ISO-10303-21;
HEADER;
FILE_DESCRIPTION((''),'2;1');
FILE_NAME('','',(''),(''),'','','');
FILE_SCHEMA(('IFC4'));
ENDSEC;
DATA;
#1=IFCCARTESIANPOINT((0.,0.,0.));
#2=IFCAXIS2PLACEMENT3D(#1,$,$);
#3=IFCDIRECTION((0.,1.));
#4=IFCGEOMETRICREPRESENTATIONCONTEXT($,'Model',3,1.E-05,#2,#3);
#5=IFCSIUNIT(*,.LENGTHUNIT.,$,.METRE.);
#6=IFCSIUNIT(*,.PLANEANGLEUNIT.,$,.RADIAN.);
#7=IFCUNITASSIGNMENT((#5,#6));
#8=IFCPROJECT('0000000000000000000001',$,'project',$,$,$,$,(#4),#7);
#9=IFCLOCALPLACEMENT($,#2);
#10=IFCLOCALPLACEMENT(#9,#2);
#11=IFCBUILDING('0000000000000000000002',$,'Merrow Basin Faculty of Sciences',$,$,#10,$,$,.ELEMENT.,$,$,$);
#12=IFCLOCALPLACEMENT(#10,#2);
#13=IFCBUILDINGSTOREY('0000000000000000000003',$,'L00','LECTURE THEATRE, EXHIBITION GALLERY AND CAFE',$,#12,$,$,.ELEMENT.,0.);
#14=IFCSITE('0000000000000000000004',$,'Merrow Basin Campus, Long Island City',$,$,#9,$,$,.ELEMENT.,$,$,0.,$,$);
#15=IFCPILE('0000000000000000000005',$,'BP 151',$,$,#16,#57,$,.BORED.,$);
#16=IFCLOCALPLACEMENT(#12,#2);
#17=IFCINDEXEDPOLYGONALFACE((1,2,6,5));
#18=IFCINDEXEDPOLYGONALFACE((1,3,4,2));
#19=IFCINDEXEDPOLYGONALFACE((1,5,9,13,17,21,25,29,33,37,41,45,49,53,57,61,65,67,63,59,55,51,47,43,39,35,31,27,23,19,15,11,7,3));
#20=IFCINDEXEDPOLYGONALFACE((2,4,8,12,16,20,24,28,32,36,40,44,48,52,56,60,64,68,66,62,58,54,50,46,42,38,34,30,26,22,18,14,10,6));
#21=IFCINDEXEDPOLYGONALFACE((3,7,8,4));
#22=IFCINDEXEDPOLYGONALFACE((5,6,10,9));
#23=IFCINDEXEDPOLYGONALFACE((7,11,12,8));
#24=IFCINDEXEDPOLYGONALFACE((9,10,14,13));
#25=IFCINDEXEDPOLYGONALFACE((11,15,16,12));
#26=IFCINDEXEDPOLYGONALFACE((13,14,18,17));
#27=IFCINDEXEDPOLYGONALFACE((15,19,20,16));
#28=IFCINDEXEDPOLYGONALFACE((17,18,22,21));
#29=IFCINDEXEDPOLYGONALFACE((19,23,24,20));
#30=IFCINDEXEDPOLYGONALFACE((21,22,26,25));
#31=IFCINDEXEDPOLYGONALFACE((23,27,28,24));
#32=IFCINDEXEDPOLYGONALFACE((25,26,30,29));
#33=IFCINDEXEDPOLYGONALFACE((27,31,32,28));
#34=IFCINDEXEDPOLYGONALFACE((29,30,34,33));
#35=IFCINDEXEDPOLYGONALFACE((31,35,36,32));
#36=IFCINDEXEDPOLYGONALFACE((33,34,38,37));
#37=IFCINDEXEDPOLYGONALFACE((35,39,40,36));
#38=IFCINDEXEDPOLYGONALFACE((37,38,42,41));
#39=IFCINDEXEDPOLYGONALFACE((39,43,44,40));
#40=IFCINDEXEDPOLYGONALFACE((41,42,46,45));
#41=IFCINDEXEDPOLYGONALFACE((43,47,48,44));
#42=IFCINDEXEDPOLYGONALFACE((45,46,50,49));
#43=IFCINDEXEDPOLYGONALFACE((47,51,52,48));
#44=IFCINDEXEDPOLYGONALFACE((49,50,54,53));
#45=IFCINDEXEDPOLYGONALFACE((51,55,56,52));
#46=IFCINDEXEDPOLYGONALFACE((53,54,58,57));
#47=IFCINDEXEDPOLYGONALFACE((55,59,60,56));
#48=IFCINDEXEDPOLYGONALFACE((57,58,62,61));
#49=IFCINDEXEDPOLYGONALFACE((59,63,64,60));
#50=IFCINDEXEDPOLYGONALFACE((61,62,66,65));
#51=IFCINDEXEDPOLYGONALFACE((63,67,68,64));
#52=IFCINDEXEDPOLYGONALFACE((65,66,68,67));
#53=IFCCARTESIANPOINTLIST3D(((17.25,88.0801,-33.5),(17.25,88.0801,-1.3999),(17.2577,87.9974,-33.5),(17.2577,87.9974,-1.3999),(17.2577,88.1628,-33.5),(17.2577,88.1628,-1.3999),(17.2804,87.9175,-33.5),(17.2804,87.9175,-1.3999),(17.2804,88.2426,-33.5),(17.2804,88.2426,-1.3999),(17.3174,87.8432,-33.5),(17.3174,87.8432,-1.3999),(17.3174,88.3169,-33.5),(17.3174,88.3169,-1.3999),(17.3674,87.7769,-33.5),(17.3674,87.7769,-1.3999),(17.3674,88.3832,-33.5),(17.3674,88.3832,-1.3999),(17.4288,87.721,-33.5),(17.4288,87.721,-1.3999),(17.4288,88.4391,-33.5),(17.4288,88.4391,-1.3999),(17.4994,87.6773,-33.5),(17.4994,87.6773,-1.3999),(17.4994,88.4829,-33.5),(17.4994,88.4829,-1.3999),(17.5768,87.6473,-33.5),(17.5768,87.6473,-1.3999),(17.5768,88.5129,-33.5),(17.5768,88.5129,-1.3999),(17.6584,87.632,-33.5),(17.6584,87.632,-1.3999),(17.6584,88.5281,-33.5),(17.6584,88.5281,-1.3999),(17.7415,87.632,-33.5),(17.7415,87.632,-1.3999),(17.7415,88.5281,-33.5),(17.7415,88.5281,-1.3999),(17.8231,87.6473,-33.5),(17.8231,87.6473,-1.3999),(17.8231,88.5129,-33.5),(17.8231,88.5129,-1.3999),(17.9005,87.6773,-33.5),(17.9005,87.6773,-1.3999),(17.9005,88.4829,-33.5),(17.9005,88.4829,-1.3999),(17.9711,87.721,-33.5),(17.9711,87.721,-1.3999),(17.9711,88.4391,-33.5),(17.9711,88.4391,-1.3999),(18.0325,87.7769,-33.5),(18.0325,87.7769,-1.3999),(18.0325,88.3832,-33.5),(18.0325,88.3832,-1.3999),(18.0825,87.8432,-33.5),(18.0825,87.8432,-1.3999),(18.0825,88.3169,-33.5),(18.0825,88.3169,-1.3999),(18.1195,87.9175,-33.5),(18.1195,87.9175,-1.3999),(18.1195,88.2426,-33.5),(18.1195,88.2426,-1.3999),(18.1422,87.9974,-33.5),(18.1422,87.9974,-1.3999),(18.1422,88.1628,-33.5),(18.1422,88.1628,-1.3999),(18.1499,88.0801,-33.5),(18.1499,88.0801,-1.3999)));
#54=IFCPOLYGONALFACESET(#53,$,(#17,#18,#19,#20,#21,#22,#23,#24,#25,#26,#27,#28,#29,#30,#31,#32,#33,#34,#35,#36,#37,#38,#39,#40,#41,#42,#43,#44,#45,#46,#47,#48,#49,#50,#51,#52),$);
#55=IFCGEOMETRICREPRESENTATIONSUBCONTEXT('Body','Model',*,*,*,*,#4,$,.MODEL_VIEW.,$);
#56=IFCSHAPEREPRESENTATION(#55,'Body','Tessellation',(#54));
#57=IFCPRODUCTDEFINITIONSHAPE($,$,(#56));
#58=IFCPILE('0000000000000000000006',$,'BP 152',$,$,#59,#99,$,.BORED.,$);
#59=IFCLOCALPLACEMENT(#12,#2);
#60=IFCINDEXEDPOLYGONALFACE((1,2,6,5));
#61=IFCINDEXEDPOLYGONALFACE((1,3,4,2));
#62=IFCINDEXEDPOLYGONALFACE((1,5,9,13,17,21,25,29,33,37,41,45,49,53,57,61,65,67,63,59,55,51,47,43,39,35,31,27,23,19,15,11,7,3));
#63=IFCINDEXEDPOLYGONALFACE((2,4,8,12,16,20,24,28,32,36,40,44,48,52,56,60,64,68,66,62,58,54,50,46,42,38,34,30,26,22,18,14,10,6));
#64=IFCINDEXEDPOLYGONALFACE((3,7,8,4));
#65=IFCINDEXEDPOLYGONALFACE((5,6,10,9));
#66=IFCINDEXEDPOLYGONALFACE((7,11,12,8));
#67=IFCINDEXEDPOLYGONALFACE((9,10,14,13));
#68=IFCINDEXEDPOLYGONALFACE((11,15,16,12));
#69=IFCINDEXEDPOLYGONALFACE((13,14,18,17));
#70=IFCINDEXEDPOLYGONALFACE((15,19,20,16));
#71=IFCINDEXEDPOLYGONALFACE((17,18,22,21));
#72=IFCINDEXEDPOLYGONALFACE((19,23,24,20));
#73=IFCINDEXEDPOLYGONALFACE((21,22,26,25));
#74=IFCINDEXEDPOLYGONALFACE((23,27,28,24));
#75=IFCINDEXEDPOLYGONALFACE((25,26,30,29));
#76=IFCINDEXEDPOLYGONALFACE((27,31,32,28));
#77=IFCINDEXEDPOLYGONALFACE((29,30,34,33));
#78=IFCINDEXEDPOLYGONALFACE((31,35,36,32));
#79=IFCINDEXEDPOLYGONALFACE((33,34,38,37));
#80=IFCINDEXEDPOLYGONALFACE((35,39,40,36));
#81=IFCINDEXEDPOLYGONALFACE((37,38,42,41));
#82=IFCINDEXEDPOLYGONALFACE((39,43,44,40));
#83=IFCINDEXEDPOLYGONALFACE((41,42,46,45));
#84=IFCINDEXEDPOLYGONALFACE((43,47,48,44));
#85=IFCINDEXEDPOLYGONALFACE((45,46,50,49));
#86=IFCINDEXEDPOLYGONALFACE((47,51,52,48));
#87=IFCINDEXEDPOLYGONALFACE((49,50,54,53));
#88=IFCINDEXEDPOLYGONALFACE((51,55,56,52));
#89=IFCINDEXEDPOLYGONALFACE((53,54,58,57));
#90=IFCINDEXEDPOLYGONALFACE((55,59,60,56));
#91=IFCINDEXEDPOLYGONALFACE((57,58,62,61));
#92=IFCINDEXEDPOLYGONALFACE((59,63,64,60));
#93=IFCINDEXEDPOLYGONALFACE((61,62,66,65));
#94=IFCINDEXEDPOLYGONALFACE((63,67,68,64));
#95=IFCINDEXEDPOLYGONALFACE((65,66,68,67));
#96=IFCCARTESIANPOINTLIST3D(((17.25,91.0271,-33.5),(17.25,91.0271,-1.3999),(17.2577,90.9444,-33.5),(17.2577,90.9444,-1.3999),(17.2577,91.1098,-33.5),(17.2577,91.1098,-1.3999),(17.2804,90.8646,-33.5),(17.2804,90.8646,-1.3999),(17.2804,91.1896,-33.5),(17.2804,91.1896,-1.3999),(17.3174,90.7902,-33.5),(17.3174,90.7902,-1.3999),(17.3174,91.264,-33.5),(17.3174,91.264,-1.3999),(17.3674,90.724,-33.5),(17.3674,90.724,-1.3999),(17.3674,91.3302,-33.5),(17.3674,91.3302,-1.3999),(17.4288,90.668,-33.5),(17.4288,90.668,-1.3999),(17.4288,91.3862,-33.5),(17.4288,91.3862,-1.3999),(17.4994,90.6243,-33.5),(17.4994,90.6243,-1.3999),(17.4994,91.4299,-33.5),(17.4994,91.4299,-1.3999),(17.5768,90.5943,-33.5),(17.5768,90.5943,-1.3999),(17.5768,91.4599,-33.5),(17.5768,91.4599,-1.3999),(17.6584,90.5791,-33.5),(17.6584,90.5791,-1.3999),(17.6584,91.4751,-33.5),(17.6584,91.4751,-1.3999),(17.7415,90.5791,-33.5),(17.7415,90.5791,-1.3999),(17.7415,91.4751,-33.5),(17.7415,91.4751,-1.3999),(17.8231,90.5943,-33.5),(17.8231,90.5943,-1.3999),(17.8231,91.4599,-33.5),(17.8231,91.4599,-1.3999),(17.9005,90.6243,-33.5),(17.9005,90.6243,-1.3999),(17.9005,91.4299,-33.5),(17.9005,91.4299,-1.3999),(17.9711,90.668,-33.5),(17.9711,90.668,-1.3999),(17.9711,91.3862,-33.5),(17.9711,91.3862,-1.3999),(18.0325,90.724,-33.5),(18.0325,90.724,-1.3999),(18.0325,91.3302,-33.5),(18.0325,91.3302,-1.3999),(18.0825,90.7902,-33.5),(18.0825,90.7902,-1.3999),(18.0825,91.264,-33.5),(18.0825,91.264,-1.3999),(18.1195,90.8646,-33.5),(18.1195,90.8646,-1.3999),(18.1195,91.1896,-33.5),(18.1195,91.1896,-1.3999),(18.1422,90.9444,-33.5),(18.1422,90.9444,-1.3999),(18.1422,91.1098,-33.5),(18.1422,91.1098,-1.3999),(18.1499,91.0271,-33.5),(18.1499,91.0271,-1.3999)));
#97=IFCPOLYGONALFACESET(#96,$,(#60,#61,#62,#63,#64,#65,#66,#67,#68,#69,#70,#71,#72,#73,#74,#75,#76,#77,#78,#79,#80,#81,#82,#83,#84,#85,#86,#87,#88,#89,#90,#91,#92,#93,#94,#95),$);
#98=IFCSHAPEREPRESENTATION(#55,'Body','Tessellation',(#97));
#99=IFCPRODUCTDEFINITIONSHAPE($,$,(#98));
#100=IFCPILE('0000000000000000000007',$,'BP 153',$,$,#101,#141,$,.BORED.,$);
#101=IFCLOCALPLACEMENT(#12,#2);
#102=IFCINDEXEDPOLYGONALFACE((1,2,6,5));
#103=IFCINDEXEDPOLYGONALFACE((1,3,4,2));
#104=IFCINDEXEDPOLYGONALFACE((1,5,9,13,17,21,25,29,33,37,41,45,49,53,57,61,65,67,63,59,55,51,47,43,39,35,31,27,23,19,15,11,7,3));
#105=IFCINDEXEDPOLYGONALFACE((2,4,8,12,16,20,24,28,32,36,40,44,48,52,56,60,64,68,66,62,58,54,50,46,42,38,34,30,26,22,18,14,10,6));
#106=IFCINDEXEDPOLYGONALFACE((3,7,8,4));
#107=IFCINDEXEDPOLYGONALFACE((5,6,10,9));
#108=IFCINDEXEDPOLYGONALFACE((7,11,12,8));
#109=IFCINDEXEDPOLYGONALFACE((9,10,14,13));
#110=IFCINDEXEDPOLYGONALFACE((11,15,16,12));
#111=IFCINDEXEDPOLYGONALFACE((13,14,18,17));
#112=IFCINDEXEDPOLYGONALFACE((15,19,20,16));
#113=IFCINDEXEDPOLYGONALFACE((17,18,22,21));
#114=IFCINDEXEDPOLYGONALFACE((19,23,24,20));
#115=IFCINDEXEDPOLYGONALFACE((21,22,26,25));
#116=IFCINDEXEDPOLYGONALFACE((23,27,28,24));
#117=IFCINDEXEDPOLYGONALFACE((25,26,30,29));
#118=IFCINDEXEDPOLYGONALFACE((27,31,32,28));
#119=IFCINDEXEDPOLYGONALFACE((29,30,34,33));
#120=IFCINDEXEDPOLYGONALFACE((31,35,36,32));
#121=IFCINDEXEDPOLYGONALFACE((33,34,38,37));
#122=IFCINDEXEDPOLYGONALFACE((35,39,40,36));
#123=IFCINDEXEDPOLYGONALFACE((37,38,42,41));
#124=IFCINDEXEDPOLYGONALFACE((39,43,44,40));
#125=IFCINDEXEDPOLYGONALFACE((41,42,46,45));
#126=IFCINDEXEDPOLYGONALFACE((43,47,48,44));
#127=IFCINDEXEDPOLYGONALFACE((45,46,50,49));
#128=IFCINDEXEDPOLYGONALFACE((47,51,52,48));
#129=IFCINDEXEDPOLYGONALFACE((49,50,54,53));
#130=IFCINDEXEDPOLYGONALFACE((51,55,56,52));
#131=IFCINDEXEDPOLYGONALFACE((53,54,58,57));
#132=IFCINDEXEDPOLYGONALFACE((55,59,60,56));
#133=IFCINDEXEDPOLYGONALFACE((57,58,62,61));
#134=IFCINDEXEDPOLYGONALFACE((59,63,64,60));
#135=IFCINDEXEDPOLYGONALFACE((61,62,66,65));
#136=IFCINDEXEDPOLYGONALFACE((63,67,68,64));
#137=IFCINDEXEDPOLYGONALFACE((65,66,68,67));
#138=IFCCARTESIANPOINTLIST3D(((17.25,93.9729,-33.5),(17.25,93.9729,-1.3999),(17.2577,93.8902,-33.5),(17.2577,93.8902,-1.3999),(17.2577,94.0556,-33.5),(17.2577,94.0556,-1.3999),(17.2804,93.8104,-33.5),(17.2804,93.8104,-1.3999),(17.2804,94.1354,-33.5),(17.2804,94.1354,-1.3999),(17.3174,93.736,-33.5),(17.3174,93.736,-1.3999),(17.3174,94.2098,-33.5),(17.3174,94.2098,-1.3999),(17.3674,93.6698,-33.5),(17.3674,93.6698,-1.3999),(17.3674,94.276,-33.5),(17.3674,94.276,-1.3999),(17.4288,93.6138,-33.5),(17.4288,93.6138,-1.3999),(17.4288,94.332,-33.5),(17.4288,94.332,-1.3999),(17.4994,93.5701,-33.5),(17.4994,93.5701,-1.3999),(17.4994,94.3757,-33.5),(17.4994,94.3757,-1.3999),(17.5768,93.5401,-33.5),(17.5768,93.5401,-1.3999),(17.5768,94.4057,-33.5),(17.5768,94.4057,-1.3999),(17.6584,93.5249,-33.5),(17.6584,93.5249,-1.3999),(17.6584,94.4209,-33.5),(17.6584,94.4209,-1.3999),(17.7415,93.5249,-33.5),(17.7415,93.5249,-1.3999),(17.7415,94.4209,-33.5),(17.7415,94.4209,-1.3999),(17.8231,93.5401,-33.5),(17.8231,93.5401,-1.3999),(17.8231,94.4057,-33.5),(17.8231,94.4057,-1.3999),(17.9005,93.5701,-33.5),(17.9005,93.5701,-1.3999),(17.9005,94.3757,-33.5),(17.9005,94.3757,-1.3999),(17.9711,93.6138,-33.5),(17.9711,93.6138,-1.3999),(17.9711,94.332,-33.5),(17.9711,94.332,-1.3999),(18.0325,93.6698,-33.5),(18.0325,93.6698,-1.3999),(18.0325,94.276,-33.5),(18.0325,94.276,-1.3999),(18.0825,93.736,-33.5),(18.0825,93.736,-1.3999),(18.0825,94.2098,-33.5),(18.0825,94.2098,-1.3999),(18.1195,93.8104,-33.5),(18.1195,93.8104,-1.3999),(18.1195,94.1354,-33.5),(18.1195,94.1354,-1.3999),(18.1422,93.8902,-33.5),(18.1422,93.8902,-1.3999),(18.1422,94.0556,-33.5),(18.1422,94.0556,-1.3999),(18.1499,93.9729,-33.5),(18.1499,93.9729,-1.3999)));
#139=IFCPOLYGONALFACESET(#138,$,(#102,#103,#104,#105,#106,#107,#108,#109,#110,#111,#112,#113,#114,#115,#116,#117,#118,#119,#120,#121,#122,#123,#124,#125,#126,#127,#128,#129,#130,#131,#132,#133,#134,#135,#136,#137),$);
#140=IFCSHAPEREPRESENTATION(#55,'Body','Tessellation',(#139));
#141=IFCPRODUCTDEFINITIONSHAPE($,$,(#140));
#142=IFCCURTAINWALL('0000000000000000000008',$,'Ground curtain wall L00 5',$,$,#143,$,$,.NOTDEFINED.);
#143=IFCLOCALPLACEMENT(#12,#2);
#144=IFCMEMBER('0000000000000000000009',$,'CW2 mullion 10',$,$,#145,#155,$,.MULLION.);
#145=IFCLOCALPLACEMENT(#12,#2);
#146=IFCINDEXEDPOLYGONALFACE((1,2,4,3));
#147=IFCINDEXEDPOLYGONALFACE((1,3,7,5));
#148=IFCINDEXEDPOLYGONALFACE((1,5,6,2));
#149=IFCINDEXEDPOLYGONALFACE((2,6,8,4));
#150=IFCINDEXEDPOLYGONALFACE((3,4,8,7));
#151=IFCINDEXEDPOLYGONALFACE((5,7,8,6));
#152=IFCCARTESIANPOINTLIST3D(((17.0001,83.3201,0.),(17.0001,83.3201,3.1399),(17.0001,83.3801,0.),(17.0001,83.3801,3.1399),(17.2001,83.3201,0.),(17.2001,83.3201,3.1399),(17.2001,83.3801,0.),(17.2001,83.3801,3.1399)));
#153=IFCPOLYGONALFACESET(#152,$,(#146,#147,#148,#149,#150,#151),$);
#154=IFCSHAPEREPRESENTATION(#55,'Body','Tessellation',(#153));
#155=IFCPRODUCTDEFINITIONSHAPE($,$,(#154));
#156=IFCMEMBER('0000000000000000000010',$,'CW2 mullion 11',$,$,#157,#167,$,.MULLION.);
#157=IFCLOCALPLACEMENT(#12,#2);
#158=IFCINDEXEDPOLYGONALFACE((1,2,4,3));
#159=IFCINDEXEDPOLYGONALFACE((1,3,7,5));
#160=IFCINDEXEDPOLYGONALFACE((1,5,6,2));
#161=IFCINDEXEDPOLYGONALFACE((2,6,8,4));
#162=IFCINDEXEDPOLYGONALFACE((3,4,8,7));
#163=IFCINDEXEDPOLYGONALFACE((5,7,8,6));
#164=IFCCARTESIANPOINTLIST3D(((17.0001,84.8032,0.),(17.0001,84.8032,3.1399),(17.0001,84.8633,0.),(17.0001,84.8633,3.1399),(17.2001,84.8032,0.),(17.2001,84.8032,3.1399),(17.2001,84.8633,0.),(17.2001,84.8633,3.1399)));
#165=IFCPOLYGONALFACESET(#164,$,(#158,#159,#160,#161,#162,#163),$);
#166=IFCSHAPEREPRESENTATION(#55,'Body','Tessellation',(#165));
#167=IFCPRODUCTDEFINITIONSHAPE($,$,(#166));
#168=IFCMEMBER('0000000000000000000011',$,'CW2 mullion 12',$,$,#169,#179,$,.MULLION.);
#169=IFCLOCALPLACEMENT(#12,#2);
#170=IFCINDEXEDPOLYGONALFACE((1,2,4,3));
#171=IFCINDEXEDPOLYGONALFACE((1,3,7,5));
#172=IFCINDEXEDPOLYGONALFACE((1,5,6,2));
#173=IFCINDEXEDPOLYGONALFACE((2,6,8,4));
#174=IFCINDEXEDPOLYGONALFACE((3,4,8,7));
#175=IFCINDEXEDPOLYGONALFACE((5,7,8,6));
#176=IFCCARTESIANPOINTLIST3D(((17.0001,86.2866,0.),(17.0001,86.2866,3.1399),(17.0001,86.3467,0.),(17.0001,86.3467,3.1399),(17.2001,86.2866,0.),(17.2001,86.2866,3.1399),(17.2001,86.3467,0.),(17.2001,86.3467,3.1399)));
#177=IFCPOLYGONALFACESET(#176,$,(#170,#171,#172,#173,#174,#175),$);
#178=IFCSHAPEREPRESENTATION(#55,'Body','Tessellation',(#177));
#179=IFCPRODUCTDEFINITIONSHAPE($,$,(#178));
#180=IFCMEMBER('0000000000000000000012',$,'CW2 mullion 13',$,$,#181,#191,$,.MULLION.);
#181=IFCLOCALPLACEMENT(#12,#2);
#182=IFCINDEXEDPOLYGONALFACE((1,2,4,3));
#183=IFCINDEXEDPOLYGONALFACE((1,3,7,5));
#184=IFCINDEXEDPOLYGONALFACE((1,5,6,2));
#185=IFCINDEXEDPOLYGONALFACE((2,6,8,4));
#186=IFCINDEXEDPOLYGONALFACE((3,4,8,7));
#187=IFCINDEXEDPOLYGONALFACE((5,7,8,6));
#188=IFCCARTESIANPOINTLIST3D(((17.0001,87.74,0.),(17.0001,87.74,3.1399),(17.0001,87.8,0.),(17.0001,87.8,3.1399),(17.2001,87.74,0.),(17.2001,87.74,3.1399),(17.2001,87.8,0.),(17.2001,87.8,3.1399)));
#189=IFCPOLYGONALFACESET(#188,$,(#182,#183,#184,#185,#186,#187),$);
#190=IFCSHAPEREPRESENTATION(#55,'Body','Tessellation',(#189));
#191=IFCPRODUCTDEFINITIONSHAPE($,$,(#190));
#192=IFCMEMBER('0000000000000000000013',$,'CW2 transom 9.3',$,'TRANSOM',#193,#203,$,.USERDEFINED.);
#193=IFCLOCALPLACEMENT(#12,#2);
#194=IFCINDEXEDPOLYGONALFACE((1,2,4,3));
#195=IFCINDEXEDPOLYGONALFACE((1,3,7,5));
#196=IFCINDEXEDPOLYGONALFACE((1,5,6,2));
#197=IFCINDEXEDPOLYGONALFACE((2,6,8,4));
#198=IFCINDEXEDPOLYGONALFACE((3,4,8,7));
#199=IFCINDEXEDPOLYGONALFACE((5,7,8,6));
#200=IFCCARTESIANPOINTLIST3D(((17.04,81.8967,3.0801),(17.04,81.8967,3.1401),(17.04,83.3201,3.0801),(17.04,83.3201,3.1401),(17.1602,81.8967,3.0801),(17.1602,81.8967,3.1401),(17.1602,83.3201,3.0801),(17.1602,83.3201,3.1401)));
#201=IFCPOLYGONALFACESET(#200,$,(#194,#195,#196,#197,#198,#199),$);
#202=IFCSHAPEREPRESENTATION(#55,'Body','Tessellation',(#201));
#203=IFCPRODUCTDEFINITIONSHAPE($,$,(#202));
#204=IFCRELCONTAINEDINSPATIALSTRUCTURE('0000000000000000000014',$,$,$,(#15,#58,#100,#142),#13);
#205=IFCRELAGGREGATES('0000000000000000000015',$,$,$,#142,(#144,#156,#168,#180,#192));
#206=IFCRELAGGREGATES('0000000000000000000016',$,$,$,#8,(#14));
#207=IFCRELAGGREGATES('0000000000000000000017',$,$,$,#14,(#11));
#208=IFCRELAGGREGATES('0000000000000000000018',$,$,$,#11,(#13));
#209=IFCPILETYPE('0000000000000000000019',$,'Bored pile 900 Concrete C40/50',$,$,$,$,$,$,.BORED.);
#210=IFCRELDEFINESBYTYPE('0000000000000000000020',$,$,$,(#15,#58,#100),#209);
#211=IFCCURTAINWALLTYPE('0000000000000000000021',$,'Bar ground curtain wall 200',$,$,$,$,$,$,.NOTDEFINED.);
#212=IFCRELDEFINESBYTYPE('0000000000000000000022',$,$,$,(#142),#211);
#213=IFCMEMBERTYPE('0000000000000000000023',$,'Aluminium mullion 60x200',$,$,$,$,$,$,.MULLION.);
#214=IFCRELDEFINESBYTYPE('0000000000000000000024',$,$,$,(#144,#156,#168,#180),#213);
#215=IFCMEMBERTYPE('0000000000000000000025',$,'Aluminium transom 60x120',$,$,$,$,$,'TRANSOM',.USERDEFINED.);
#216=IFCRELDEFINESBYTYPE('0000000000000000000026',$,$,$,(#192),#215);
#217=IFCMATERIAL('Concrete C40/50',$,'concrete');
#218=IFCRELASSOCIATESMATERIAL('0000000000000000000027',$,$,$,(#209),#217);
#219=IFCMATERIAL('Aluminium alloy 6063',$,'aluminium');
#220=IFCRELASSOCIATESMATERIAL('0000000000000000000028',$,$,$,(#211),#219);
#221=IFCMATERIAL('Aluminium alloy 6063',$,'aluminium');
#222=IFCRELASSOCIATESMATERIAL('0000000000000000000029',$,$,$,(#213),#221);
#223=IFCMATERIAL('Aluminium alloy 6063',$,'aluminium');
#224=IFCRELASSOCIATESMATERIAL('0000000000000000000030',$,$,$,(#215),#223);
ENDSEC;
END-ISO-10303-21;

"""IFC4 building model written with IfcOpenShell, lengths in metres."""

from ifc_helpers import new_model, si_unit, direction, frame, origin, origin_2d, place, context, subcontext, project, spatial, rectangle, circle, extrude, material, material_profile, profile_set, type_object, element, aggregate, save


model = new_model("IFC4")

# Units and contexts
model_context = context("Model", 3, precision=1e-05, world=origin(), true_north=direction((0.0, 1.0)))
body_context = subcontext(model_context, "Body", "Model", "MODEL_VIEW")
ifc_project = project(units=[si_unit("LENGTHUNIT", "METRE"), si_unit("PLANEANGLEUNIT", "RADIAN")], contexts=[model_context])

# Site, building, storey
site_placement = place(None, origin())
site = spatial("IfcSite", under=ifc_project, at=site_placement, Name="Merrow Basin Campus, Long Island City", CompositionType="ELEMENT", RefElevation=0.0)
building_placement = place(site_placement, origin())
building = spatial("IfcBuilding", under=site, at=building_placement, Name="Merrow Basin Faculty of Sciences", CompositionType="ELEMENT")
storey_placement = place(building_placement, origin())
storey = spatial("IfcBuildingStorey", under=building, at=storey_placement, Name="L00", Description="LECTURE THEATRE, EXHIBITION GALLERY AND CAFE", CompositionType="ELEMENT", Elevation=0.0)

# Piles
ifc_material_1 = material(Name="Concrete C40/50", Category="concrete")
ifc_material_profile_1 = material_profile(ifc_material_1, circle(Radius=0.45, at=origin_2d()))
ifc_profile_set_1 = profile_set([ifc_material_profile_1], Name="Concrete C40/50")
pile_type = type_object("IfcPileType", Name="Bored pile 900 Concrete C40/50", PredefinedType="BORED", material=ifc_profile_set_1)
for number, where, z_axis, x_axis, name in (
    (1, (17.7, 88.0801, -1.3999), (0.0, 0.0, -1.0), (1.0, 0.0, 0.0), "BP 151"),
    (2, (17.7, 91.0271, -1.3999), (0.0, 0.0, -1.0), (1.0, 0.0, 0.0), "BP 152"),
    (3, (17.7, 93.9729, -1.3999), (0.0, 0.0, -1.0), (1.0, 0.0, 0.0), "BP 153"),
):
    element("IfcPile", number, at=place(storey_placement, frame(where, z_axis=z_axis, x_axis=x_axis)), inside=storey, type_object=pile_type, Name=name, PredefinedType="BORED", context=body_context, shape_type="SweptSolid", body=[
        extrude(circle(Radius=0.45, at=origin_2d()), origin(), (0.0, 0.0, 1.0), 32.1001),
    ])

# Curtain wall, members
ifc_material_2 = material(Name="Aluminium alloy 6063", Category="aluminium")
curtain_wall_type = type_object("IfcCurtainWallType", Name="Bar ground curtain wall 200", PredefinedType="NOTDEFINED", material=ifc_material_2)
curtain_wall_placement = place(storey_placement, origin())
curtain_wall = element("IfcCurtainWall", 4, at=curtain_wall_placement, inside=storey, type_object=curtain_wall_type, Name="Ground curtain wall L00 5", PredefinedType="NOTDEFINED")
ifc_material_3 = material(Name="Aluminium alloy 6063", Category="aluminium")
ifc_material_profile_2 = material_profile(ifc_material_3, rectangle(XDim=0.2, YDim=0.0601, at=origin_2d()))
ifc_profile_set_2 = profile_set([ifc_material_profile_2], Name="Aluminium alloy 6063")
member_type_1 = type_object("IfcMemberType", Name="Aluminium mullion 60x200", PredefinedType="MULLION", material=ifc_profile_set_2)
member_1_placement = place(storey_placement, frame((17.1001, 83.3501, 0.0), z_axis=(0.0, 0.0, 1.0), x_axis=(-1.0, 0.0, 0.0)))
member_1 = element("IfcMember", 5, at=member_1_placement, type_object=member_type_1, Name="CW2 mullion 10", PredefinedType="MULLION", context=body_context, shape_type="SweptSolid", body=[
    extrude(rectangle(XDim=0.2, YDim=0.0601, at=origin_2d()), origin(), (0.0, 0.0, 1.0), 3.1399),
])
member_2_placement = place(storey_placement, frame((17.1001, 84.8333, 0.0), z_axis=(0.0, 0.0, 1.0), x_axis=(-1.0, 0.0, 0.0)))
member_2 = element("IfcMember", 6, at=member_2_placement, type_object=member_type_1, Name="CW2 mullion 11", PredefinedType="MULLION", context=body_context, shape_type="SweptSolid", body=[
    extrude(rectangle(XDim=0.2, YDim=0.0601, at=origin_2d()), origin(), (0.0, 0.0, 1.0), 3.1399),
])
member_3_placement = place(storey_placement, frame((17.1001, 86.3167, 0.0), z_axis=(0.0, 0.0, 1.0), x_axis=(-1.0, 0.0, 0.0)))
member_3 = element("IfcMember", 7, at=member_3_placement, type_object=member_type_1, Name="CW2 mullion 12", PredefinedType="MULLION", context=body_context, shape_type="SweptSolid", body=[
    extrude(rectangle(XDim=0.2, YDim=0.0601, at=origin_2d()), origin(), (0.0, 0.0, 1.0), 3.1399),
])
member_4_placement = place(storey_placement, frame((17.1001, 87.77, 0.0), z_axis=(0.0, 0.0, 1.0), x_axis=(-1.0, 0.0, 0.0)))
member_4 = element("IfcMember", 8, at=member_4_placement, type_object=member_type_1, Name="CW2 mullion 13", PredefinedType="MULLION", context=body_context, shape_type="SweptSolid", body=[
    extrude(rectangle(XDim=0.2, YDim=0.0601, at=origin_2d()), origin(), (0.0, 0.0, 1.0), 3.1399),
])
ifc_material_4 = material(Name="Aluminium alloy 6063", Category="aluminium")
ifc_material_profile_3 = material_profile(ifc_material_4, rectangle(XDim=0.1201, YDim=0.0601, at=origin_2d()))
ifc_profile_set_3 = profile_set([ifc_material_profile_3], Name="Aluminium alloy 6063")
member_type_2 = type_object("IfcMemberType", Name="Aluminium transom 60x120", ElementType="TRANSOM", PredefinedType="USERDEFINED", material=ifc_profile_set_3)
member_5_placement = place(storey_placement, frame((17.1001, 81.8967, 3.1101), z_axis=(0.0, 1.0, 0.0), x_axis=(-1.0, 0.0, 0.0)))
member_5 = element("IfcMember", 9, at=member_5_placement, type_object=member_type_2, Name="CW2 transom 9.3", ObjectType="TRANSOM", PredefinedType="USERDEFINED", context=body_context, shape_type="SweptSolid", body=[
    extrude(rectangle(XDim=0.1201, YDim=0.0601, at=origin_2d()), origin(), (0.0, 0.0, 1.0), 1.4233),
])
aggregate(curtain_wall, [member_1, member_2, member_3, member_4, member_5])

save(model, "model.ifc")
